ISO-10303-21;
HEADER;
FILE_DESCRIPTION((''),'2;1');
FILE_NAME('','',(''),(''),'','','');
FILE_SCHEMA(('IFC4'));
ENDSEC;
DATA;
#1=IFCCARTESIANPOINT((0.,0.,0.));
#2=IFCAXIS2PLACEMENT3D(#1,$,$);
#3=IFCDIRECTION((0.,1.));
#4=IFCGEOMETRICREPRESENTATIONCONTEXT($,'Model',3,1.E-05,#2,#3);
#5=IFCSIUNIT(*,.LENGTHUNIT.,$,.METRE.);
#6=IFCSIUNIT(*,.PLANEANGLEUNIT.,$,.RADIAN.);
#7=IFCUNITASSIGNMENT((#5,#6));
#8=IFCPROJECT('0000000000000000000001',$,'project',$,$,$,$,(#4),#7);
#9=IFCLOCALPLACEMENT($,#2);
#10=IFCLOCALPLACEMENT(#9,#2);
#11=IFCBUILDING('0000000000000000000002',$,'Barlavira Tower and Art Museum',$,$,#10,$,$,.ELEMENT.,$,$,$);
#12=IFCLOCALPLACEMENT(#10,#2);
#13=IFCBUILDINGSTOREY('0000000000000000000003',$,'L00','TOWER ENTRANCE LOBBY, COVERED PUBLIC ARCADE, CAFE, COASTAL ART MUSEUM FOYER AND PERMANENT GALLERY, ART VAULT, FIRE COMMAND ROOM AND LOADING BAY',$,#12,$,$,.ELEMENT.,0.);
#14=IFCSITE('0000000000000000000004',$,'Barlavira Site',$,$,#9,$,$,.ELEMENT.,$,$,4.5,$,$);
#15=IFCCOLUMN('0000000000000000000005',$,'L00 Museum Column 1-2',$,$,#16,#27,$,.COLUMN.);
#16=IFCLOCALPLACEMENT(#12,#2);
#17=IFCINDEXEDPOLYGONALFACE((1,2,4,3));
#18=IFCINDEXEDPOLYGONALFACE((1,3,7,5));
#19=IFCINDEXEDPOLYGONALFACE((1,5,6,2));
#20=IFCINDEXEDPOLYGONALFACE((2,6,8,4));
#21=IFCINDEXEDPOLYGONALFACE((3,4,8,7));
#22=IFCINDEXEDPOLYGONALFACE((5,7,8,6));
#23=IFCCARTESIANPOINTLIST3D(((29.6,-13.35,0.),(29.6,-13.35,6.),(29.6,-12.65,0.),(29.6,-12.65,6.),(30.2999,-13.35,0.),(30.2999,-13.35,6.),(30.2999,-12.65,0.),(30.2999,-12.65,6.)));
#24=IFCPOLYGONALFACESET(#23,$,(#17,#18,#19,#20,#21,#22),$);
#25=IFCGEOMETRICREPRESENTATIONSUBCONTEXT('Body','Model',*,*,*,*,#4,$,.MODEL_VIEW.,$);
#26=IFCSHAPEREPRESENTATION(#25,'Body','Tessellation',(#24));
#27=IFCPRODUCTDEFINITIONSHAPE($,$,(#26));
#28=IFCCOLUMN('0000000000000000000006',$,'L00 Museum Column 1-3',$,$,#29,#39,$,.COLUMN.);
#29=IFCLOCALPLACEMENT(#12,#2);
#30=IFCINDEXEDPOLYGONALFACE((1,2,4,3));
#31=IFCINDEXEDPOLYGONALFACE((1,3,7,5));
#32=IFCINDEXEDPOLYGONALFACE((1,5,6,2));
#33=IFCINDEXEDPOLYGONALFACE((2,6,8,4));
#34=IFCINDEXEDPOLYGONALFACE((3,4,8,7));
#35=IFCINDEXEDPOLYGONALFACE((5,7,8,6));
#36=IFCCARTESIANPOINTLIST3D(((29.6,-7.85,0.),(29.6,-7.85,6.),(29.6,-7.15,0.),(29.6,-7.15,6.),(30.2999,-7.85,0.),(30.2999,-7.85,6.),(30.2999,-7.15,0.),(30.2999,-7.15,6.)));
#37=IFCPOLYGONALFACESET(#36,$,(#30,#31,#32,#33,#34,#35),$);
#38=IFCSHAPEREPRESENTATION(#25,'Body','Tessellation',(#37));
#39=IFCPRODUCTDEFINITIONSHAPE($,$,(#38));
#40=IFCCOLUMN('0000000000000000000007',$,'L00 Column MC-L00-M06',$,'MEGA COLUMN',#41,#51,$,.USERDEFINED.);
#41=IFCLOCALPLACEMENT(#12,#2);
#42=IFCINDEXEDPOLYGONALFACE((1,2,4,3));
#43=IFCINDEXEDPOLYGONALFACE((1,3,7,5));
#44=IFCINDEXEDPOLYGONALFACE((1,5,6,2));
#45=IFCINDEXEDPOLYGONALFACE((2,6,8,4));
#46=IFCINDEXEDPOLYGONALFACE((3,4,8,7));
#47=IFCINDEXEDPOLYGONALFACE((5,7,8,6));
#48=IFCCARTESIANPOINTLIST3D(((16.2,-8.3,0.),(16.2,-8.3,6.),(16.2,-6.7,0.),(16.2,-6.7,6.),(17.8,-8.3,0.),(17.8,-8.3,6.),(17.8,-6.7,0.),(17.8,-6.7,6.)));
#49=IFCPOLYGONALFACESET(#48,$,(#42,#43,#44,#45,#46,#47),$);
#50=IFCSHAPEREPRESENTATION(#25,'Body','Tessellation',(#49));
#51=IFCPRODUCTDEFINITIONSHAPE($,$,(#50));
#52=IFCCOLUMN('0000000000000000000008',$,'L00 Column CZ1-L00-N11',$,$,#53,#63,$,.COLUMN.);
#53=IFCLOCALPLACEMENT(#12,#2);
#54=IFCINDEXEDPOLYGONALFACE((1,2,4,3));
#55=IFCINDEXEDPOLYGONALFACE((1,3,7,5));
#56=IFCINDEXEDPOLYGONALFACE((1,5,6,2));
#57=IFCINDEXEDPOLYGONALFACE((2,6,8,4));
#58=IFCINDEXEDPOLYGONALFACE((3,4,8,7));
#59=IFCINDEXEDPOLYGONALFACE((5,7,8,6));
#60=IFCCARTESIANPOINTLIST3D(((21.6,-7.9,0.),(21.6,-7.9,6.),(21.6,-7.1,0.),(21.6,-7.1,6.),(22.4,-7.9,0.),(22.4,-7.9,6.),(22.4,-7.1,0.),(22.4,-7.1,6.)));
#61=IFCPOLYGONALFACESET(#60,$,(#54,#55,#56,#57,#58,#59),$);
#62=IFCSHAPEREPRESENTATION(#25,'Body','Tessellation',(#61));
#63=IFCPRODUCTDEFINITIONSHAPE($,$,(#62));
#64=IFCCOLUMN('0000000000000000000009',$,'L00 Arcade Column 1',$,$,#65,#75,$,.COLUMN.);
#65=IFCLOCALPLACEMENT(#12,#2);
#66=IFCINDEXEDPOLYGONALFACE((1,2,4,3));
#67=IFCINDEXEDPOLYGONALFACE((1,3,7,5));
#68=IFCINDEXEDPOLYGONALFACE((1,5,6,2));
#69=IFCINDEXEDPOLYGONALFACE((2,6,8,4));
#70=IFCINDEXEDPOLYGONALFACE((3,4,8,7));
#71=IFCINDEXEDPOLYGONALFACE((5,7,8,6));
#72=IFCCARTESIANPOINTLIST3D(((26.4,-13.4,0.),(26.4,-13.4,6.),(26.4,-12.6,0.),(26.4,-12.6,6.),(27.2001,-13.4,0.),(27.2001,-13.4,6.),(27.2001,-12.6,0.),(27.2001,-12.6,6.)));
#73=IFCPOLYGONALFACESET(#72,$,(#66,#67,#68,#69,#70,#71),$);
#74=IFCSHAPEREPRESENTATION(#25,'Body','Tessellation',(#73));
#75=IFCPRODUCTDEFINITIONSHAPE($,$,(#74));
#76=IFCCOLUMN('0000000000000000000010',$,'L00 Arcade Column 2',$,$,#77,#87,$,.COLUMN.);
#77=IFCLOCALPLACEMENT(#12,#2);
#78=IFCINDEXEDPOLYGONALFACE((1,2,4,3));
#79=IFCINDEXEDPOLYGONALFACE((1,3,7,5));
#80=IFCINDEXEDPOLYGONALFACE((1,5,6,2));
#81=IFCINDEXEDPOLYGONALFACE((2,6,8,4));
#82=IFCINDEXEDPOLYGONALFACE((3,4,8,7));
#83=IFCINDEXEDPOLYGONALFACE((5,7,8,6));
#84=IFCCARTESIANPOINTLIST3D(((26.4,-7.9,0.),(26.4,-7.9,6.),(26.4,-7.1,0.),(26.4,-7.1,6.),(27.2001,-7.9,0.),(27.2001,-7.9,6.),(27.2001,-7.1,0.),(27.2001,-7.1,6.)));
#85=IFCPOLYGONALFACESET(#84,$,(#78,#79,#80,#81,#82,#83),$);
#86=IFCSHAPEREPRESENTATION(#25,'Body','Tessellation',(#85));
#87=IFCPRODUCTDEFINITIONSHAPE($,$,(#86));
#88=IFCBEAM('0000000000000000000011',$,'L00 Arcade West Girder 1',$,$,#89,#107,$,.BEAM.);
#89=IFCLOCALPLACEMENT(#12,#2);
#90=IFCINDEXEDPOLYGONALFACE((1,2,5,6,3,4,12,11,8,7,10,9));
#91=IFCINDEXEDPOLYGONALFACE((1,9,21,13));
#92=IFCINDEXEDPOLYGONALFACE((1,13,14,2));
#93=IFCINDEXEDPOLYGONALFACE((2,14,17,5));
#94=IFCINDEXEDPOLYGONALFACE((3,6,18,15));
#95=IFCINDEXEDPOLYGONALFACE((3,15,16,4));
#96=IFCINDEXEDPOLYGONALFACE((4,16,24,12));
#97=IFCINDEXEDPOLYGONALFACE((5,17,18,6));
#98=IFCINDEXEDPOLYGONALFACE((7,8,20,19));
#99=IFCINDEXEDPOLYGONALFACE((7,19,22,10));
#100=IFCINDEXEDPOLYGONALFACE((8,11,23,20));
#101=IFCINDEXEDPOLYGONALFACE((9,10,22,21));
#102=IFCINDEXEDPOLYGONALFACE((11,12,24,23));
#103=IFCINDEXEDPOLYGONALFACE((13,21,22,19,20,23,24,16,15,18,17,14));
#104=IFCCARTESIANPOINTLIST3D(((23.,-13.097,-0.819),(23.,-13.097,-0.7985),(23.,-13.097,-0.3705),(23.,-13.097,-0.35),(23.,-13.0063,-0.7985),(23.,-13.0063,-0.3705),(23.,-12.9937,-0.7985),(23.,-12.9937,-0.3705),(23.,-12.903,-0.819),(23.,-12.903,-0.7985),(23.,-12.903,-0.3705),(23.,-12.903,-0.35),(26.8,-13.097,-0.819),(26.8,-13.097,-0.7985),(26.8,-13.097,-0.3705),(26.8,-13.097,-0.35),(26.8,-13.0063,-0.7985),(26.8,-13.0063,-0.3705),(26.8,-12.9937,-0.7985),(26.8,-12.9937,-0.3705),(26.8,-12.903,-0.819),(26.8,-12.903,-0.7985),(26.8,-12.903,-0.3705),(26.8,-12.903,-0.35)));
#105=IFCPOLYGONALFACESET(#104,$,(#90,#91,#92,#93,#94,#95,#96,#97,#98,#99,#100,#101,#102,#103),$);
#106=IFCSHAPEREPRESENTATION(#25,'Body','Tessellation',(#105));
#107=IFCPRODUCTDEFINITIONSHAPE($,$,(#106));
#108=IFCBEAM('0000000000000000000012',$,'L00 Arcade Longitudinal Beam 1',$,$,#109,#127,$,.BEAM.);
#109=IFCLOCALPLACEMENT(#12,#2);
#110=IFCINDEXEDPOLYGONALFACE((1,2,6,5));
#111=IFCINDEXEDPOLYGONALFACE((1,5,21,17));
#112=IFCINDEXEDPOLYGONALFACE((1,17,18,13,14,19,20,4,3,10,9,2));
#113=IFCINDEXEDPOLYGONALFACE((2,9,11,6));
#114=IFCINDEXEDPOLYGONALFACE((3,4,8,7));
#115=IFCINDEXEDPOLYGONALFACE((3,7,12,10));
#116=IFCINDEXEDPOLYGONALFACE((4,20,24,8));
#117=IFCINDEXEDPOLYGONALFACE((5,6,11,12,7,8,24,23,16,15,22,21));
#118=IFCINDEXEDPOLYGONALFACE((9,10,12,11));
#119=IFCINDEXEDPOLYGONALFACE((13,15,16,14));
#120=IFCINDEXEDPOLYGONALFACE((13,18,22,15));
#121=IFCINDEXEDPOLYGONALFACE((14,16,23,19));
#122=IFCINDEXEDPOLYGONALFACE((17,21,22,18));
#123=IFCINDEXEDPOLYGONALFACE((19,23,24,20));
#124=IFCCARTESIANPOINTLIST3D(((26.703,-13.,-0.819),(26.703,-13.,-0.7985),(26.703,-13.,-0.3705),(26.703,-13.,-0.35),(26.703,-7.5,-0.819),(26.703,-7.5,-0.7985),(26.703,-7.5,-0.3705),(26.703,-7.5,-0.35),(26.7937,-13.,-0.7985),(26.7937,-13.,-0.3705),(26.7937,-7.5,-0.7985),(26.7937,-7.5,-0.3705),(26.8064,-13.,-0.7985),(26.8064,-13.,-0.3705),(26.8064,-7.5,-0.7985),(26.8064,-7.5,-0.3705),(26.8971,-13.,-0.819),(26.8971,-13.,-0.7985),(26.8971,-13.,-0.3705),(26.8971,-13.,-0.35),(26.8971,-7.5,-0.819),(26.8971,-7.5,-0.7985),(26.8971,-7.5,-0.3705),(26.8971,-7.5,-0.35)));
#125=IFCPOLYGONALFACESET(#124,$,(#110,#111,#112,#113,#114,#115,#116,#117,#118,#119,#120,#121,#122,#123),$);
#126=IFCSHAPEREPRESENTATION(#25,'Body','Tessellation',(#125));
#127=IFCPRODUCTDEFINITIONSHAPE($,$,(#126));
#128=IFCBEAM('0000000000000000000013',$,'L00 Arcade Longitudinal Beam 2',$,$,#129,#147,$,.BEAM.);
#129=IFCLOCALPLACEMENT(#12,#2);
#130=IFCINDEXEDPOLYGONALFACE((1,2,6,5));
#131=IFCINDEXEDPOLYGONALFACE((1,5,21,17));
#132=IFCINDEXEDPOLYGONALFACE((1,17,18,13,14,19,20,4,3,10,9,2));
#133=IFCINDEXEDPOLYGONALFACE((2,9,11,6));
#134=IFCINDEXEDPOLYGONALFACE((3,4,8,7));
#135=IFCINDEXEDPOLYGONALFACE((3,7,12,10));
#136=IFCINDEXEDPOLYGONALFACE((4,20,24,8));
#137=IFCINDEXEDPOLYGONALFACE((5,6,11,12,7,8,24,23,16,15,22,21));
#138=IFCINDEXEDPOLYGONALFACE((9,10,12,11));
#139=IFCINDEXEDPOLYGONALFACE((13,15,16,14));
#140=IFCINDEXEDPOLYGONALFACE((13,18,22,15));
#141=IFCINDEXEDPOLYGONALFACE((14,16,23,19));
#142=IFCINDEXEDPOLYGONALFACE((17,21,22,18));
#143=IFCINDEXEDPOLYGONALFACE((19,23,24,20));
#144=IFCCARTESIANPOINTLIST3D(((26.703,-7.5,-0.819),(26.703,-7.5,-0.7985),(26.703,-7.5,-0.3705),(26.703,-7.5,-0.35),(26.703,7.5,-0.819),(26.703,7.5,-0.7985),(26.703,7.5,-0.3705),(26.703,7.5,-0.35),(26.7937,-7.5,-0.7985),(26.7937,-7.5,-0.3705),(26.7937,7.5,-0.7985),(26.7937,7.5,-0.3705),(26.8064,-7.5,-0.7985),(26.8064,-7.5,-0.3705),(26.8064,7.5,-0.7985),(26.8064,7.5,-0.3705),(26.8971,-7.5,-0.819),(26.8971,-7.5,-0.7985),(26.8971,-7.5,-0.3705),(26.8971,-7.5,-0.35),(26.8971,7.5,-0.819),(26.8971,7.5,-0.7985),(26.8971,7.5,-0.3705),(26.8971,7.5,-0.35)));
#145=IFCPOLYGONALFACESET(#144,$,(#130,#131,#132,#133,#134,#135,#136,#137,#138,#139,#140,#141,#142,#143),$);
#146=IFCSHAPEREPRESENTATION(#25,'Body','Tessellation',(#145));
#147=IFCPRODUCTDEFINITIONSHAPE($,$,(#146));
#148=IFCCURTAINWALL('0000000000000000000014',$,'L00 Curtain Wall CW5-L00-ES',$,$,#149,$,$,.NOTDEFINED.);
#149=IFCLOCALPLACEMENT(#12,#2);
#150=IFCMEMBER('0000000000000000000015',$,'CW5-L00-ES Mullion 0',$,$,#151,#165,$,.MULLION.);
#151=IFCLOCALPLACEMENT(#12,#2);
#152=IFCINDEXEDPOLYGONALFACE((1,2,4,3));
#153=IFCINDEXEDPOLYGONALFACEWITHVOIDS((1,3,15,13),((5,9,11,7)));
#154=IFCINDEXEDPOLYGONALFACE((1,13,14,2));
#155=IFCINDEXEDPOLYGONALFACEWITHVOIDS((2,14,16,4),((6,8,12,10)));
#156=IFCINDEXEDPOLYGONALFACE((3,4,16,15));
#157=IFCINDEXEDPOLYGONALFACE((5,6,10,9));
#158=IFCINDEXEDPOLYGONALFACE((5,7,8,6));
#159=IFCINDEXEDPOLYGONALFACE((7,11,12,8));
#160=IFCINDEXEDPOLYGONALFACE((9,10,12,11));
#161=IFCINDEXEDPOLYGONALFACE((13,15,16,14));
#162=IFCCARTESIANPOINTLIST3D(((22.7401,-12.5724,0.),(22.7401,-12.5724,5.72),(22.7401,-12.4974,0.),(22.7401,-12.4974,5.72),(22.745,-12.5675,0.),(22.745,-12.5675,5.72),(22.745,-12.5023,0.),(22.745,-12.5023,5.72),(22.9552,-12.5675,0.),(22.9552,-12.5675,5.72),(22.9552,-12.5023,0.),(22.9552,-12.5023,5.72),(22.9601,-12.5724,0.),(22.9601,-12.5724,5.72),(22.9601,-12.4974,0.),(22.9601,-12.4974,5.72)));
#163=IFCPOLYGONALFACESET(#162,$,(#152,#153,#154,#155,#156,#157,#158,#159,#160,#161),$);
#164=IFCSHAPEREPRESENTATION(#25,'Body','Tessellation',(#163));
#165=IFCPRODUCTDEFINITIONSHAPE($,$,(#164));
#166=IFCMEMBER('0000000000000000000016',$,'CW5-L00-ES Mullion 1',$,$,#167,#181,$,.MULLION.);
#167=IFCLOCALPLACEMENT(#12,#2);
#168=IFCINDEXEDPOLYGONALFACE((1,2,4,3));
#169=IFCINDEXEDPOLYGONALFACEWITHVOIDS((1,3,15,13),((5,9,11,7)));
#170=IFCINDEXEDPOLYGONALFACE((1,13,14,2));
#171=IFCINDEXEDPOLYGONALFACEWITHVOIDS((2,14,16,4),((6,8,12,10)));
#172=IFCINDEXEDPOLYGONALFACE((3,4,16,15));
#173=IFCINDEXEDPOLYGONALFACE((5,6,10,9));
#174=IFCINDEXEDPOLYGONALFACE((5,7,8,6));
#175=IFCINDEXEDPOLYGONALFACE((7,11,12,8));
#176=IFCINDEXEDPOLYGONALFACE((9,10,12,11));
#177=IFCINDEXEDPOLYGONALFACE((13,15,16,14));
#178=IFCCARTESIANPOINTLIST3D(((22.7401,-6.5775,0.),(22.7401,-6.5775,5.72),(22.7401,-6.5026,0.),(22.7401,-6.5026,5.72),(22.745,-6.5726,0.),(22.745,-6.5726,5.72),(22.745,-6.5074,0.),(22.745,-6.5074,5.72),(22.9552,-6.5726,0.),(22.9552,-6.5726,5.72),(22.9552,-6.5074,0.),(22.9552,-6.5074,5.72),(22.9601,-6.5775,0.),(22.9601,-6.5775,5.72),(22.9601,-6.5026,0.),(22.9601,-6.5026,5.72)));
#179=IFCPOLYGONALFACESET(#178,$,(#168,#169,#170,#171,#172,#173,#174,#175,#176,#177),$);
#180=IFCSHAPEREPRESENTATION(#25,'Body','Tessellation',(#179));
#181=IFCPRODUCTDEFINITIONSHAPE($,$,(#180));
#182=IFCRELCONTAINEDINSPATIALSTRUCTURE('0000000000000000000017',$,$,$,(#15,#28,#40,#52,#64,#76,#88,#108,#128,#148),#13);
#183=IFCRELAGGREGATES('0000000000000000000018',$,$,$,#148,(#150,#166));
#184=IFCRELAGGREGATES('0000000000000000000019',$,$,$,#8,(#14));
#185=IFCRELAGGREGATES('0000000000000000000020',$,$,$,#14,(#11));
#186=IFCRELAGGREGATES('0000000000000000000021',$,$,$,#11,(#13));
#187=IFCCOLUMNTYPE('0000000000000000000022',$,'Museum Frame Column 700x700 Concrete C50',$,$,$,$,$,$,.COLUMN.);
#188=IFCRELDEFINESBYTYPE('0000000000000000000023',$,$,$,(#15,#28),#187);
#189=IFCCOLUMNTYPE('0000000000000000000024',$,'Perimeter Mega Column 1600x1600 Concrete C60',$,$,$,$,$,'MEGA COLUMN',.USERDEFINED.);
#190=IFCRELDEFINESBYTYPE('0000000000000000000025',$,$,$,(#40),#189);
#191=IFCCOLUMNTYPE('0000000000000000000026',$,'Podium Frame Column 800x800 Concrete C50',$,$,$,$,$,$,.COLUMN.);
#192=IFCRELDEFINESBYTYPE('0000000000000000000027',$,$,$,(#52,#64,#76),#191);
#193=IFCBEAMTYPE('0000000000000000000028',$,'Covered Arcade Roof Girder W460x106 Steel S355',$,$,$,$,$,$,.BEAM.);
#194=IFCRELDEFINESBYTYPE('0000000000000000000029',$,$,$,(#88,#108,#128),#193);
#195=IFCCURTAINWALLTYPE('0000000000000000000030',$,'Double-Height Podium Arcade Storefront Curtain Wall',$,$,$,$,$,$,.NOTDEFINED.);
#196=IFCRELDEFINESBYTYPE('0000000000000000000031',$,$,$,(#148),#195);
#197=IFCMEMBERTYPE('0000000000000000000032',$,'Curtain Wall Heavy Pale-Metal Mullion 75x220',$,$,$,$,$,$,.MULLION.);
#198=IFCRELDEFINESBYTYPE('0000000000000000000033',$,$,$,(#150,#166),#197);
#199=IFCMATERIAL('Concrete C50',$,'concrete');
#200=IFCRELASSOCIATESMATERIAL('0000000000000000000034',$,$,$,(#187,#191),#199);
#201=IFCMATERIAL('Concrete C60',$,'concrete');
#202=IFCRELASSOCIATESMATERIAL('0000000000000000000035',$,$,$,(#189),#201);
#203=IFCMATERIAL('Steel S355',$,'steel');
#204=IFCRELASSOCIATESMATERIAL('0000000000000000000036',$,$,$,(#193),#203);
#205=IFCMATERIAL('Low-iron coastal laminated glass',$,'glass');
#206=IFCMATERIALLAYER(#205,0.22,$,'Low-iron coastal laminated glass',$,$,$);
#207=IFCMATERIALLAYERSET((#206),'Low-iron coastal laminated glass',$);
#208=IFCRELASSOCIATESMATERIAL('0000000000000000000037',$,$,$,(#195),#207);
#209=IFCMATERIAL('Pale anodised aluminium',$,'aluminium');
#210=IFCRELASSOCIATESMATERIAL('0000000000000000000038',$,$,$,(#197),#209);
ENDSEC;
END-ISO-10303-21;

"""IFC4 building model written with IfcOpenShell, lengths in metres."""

from ifc_helpers import new_model, si_unit, direction, frame, origin, origin_2d, place, context, subcontext, project, spatial, rectangle, hollow_rectangle, i_section, extrude, material, layer, layer_set, material_profile, profile_set, type_object, element, aggregate, save


model = new_model("IFC4")

# Units and contexts
model_context = context("Model", 3, precision=1e-05, world=origin(), true_north=direction((0.0, 1.0)))
body_context = subcontext(model_context, "Body", "Model", "MODEL_VIEW")
ifc_project = project(units=[si_unit("LENGTHUNIT", "METRE"), si_unit("PLANEANGLEUNIT", "RADIAN")], contexts=[model_context])

# Site, building, storey
site_placement = place(None, origin())
site = spatial("IfcSite", under=ifc_project, at=site_placement, Name="Barlavira Site", CompositionType="ELEMENT", RefElevation=4.5)
building_placement = place(site_placement, origin())
building = spatial("IfcBuilding", under=site, at=building_placement, Name="Barlavira Tower and Art Museum", CompositionType="ELEMENT")
storey_placement = place(building_placement, origin())
storey = spatial("IfcBuildingStorey", under=building, at=storey_placement, Name="L00", Description="TOWER ENTRANCE LOBBY, COVERED PUBLIC ARCADE, CAFE, COASTAL ART MUSEUM FOYER AND PERMANENT GALLERY, ART VAULT, FIRE COMMAND ROOM AND LOADING BAY", CompositionType="ELEMENT", Elevation=0.0)

# Columns
ifc_material_1 = material(Name="Concrete C50", Category="concrete")
ifc_material_profile_1 = material_profile(ifc_material_1, rectangle(XDim=0.7, YDim=0.7, at=origin_2d()), Name="RC-COL 700x700")
ifc_profile_set_1 = profile_set([ifc_material_profile_1], Name="Concrete C50")
column_type_1 = type_object("IfcColumnType", Name="Museum Frame Column 700x700 Concrete C50", PredefinedType="COLUMN", material=ifc_profile_set_1)
for number, where, z_axis, x_axis, name in (
    (1, (29.95, -13.0, 0.0), (0.0, 0.0, 1.0), (1.0, 0.0, 0.0), "L00 Museum Column 1-2"),
    (2, (29.95, -7.5, 0.0), (0.0, 0.0, 1.0), (1.0, 0.0, 0.0), "L00 Museum Column 1-3"),
):
    element("IfcColumn", number, at=place(storey_placement, frame(where, z_axis=z_axis, x_axis=x_axis)), inside=storey, type_object=column_type_1, Name=name, PredefinedType="COLUMN", context=body_context, shape_type="SweptSolid", body=[
        extrude(rectangle(XDim=0.7, YDim=0.7, at=origin_2d()), origin(), (0.0, 0.0, 1.0), 6.0),
    ])
ifc_material_2 = material(Name="Concrete C60", Category="concrete")
ifc_material_profile_2 = material_profile(ifc_material_2, rectangle(XDim=1.6001, YDim=1.6001, at=origin_2d()), Name="RC-MCOL 1600x1600")
ifc_profile_set_2 = profile_set([ifc_material_profile_2], Name="Concrete C60")
column_type_2 = type_object("IfcColumnType", Name="Perimeter Mega Column 1600x1600 Concrete C60", ElementType="MEGA COLUMN", PredefinedType="USERDEFINED", material=ifc_profile_set_2)
column_placement = place(storey_placement, frame((17.0, -7.5, 0.0), z_axis=(0.0, 0.0, 1.0), x_axis=(1.0, 0.0, 0.0)))
element("IfcColumn", 3, at=column_placement, inside=storey, type_object=column_type_2, Name="L00 Column MC-L00-M06", ObjectType="MEGA COLUMN", PredefinedType="USERDEFINED", context=body_context, shape_type="SweptSolid", body=[
    extrude(rectangle(XDim=1.6001, YDim=1.6001, at=origin_2d()), origin(), (0.0, 0.0, 1.0), 6.0),
])
ifc_material_profile_3 = material_profile(ifc_material_1, rectangle(XDim=0.8, YDim=0.8, at=origin_2d()), Name="RC-COL 800x800")
ifc_profile_set_3 = profile_set([ifc_material_profile_3], Name="Concrete C50")
column_type_3 = type_object("IfcColumnType", Name="Podium Frame Column 800x800 Concrete C50", PredefinedType="COLUMN", material=ifc_profile_set_3)
for number, where, z_axis, x_axis, name in (
    (4, (22.0, -7.5, 0.0), (0.0, 0.0, 1.0), (1.0, 0.0, 0.0), "L00 Column CZ1-L00-N11"),
    (5, (26.8, -13.0, 0.0), (0.0, 0.0, 1.0), (1.0, 0.0, 0.0), "L00 Arcade Column 1"),
    (6, (26.8, -7.5, 0.0), (0.0, 0.0, 1.0), (1.0, 0.0, 0.0), "L00 Arcade Column 2"),
):
    element("IfcColumn", number, at=place(storey_placement, frame(where, z_axis=z_axis, x_axis=x_axis)), inside=storey, type_object=column_type_3, Name=name, PredefinedType="COLUMN", context=body_context, shape_type="SweptSolid", body=[
        extrude(rectangle(XDim=0.8, YDim=0.8, at=origin_2d()), origin(), (0.0, 0.0, 1.0), 6.0),
    ])

# Beams
ifc_material_3 = material(Name="Steel S355", Category="steel")
ifc_material_profile_4 = material_profile(ifc_material_3, i_section(OverallWidth=0.1941, OverallDepth=0.469, WebThickness=0.0127, FlangeThickness=0.0205, at=origin_2d()), Name="W460x106.0")
ifc_profile_set_4 = profile_set([ifc_material_profile_4], Name="Steel S355")
beam_type_1 = type_object("IfcBeamType", Name="Covered Arcade Roof Girder W460x106 Steel S355", PredefinedType="BEAM", material=ifc_profile_set_4)
beam_1_placement = place(storey_placement, frame((23.0, -13.0, -0.5845), z_axis=(1.0, 0.0, 0.0), x_axis=(0.0, 1.0, 0.0)))
element("IfcBeam", 7, at=beam_1_placement, inside=storey, type_object=beam_type_1, Name="L00 Arcade West Girder 1", PredefinedType="BEAM", context=body_context, shape_type="SweptSolid", body=[
    extrude(i_section(OverallWidth=0.1941, OverallDepth=0.469, WebThickness=0.0127, FlangeThickness=0.0205, at=origin_2d()), origin(), (0.0, 0.0, 1.0), 3.8),
])
beam_2_placement = place(storey_placement, frame((26.8, -13.0, -0.5845), z_axis=(0.0, 1.0, 0.0), x_axis=(-1.0, 0.0, 0.0)))
element("IfcBeam", 8, at=beam_2_placement, inside=storey, type_object=beam_type_1, Name="L00 Arcade Longitudinal Beam 1", PredefinedType="BEAM", context=body_context, shape_type="SweptSolid", body=[
    extrude(i_section(OverallWidth=0.1941, OverallDepth=0.469, WebThickness=0.0127, FlangeThickness=0.0205, at=origin_2d()), origin(), (0.0, 0.0, 1.0), 5.5),
])
beam_3_placement = place(storey_placement, frame((26.8, -7.5, -0.5845), z_axis=(0.0, 1.0, 0.0), x_axis=(-1.0, 0.0, 0.0)))
element("IfcBeam", 9, at=beam_3_placement, inside=storey, type_object=beam_type_1, Name="L00 Arcade Longitudinal Beam 2", PredefinedType="BEAM", context=body_context, shape_type="SweptSolid", body=[
    extrude(i_section(OverallWidth=0.1941, OverallDepth=0.469, WebThickness=0.0127, FlangeThickness=0.0205, at=origin_2d()), origin(), (0.0, 0.0, 1.0), 15.0),
])

# Curtain wall, members
ifc_material_4 = material(Name="Low-iron coastal laminated glass", Category="glass")
ifc_layer_1 = layer(ifc_material_4, 0.22, Name="Low-iron coastal laminated glass")
ifc_layer_set_1 = layer_set([ifc_layer_1], Name="Low-iron coastal laminated glass")
curtain_wall_type = type_object("IfcCurtainWallType", Name="Double-Height Podium Arcade Storefront Curtain Wall", PredefinedType="NOTDEFINED", material=ifc_layer_set_1)
curtain_wall_1_placement = place(storey_placement, origin())
curtain_wall_1 = element("IfcCurtainWall", 10, at=curtain_wall_1_placement, inside=storey, type_object=curtain_wall_type, Name="L00 Curtain Wall CW5-L00-ES", PredefinedType="NOTDEFINED")
ifc_material_5 = material(Name="Pale anodised aluminium", Category="aluminium")
ifc_material_profile_5 = material_profile(ifc_material_5, hollow_rectangle(XDim=0.075, YDim=0.22, WallThickness=0.0049, at=origin_2d()), Name="ALU-MULL 75x220x5")
ifc_profile_set_5 = profile_set([ifc_material_profile_5], Name="Pale anodised aluminium")
member_type_1 = type_object("IfcMemberType", Name="Curtain Wall Heavy Pale-Metal Mullion 75x220", PredefinedType="MULLION", material=ifc_profile_set_5)
member_1_placement = place(storey_placement, frame((22.8501, -12.5349, 0.0), z_axis=(0.0, 0.0, 1.0), x_axis=(0.0, 1.0, 0.0)))
member_1 = element("IfcMember", 11, at=member_1_placement, type_object=member_type_1, Name="CW5-L00-ES Mullion 0", PredefinedType="MULLION", context=body_context, shape_type="SweptSolid", body=[
    extrude(hollow_rectangle(XDim=0.075, YDim=0.22, WallThickness=0.0049, at=origin_2d()), origin(), (0.0, 0.0, 1.0), 5.72),
])
member_2_placement = place(storey_placement, frame((22.8501, -6.54, 0.0), z_axis=(0.0, 0.0, 1.0), x_axis=(0.0, 1.0, 0.0)))
member_2 = element("IfcMember", 12, at=member_2_placement, type_object=member_type_1, Name="CW5-L00-ES Mullion 1", PredefinedType="MULLION", context=body_context, shape_type="SweptSolid", body=[
    extrude(hollow_rectangle(XDim=0.075, YDim=0.22, WallThickness=0.0049, at=origin_2d()), origin(), (0.0, 0.0, 1.0), 5.72),
])

aggregate(curtain_wall_1, [member_1, member_2])

save(model, "model.ifc")
